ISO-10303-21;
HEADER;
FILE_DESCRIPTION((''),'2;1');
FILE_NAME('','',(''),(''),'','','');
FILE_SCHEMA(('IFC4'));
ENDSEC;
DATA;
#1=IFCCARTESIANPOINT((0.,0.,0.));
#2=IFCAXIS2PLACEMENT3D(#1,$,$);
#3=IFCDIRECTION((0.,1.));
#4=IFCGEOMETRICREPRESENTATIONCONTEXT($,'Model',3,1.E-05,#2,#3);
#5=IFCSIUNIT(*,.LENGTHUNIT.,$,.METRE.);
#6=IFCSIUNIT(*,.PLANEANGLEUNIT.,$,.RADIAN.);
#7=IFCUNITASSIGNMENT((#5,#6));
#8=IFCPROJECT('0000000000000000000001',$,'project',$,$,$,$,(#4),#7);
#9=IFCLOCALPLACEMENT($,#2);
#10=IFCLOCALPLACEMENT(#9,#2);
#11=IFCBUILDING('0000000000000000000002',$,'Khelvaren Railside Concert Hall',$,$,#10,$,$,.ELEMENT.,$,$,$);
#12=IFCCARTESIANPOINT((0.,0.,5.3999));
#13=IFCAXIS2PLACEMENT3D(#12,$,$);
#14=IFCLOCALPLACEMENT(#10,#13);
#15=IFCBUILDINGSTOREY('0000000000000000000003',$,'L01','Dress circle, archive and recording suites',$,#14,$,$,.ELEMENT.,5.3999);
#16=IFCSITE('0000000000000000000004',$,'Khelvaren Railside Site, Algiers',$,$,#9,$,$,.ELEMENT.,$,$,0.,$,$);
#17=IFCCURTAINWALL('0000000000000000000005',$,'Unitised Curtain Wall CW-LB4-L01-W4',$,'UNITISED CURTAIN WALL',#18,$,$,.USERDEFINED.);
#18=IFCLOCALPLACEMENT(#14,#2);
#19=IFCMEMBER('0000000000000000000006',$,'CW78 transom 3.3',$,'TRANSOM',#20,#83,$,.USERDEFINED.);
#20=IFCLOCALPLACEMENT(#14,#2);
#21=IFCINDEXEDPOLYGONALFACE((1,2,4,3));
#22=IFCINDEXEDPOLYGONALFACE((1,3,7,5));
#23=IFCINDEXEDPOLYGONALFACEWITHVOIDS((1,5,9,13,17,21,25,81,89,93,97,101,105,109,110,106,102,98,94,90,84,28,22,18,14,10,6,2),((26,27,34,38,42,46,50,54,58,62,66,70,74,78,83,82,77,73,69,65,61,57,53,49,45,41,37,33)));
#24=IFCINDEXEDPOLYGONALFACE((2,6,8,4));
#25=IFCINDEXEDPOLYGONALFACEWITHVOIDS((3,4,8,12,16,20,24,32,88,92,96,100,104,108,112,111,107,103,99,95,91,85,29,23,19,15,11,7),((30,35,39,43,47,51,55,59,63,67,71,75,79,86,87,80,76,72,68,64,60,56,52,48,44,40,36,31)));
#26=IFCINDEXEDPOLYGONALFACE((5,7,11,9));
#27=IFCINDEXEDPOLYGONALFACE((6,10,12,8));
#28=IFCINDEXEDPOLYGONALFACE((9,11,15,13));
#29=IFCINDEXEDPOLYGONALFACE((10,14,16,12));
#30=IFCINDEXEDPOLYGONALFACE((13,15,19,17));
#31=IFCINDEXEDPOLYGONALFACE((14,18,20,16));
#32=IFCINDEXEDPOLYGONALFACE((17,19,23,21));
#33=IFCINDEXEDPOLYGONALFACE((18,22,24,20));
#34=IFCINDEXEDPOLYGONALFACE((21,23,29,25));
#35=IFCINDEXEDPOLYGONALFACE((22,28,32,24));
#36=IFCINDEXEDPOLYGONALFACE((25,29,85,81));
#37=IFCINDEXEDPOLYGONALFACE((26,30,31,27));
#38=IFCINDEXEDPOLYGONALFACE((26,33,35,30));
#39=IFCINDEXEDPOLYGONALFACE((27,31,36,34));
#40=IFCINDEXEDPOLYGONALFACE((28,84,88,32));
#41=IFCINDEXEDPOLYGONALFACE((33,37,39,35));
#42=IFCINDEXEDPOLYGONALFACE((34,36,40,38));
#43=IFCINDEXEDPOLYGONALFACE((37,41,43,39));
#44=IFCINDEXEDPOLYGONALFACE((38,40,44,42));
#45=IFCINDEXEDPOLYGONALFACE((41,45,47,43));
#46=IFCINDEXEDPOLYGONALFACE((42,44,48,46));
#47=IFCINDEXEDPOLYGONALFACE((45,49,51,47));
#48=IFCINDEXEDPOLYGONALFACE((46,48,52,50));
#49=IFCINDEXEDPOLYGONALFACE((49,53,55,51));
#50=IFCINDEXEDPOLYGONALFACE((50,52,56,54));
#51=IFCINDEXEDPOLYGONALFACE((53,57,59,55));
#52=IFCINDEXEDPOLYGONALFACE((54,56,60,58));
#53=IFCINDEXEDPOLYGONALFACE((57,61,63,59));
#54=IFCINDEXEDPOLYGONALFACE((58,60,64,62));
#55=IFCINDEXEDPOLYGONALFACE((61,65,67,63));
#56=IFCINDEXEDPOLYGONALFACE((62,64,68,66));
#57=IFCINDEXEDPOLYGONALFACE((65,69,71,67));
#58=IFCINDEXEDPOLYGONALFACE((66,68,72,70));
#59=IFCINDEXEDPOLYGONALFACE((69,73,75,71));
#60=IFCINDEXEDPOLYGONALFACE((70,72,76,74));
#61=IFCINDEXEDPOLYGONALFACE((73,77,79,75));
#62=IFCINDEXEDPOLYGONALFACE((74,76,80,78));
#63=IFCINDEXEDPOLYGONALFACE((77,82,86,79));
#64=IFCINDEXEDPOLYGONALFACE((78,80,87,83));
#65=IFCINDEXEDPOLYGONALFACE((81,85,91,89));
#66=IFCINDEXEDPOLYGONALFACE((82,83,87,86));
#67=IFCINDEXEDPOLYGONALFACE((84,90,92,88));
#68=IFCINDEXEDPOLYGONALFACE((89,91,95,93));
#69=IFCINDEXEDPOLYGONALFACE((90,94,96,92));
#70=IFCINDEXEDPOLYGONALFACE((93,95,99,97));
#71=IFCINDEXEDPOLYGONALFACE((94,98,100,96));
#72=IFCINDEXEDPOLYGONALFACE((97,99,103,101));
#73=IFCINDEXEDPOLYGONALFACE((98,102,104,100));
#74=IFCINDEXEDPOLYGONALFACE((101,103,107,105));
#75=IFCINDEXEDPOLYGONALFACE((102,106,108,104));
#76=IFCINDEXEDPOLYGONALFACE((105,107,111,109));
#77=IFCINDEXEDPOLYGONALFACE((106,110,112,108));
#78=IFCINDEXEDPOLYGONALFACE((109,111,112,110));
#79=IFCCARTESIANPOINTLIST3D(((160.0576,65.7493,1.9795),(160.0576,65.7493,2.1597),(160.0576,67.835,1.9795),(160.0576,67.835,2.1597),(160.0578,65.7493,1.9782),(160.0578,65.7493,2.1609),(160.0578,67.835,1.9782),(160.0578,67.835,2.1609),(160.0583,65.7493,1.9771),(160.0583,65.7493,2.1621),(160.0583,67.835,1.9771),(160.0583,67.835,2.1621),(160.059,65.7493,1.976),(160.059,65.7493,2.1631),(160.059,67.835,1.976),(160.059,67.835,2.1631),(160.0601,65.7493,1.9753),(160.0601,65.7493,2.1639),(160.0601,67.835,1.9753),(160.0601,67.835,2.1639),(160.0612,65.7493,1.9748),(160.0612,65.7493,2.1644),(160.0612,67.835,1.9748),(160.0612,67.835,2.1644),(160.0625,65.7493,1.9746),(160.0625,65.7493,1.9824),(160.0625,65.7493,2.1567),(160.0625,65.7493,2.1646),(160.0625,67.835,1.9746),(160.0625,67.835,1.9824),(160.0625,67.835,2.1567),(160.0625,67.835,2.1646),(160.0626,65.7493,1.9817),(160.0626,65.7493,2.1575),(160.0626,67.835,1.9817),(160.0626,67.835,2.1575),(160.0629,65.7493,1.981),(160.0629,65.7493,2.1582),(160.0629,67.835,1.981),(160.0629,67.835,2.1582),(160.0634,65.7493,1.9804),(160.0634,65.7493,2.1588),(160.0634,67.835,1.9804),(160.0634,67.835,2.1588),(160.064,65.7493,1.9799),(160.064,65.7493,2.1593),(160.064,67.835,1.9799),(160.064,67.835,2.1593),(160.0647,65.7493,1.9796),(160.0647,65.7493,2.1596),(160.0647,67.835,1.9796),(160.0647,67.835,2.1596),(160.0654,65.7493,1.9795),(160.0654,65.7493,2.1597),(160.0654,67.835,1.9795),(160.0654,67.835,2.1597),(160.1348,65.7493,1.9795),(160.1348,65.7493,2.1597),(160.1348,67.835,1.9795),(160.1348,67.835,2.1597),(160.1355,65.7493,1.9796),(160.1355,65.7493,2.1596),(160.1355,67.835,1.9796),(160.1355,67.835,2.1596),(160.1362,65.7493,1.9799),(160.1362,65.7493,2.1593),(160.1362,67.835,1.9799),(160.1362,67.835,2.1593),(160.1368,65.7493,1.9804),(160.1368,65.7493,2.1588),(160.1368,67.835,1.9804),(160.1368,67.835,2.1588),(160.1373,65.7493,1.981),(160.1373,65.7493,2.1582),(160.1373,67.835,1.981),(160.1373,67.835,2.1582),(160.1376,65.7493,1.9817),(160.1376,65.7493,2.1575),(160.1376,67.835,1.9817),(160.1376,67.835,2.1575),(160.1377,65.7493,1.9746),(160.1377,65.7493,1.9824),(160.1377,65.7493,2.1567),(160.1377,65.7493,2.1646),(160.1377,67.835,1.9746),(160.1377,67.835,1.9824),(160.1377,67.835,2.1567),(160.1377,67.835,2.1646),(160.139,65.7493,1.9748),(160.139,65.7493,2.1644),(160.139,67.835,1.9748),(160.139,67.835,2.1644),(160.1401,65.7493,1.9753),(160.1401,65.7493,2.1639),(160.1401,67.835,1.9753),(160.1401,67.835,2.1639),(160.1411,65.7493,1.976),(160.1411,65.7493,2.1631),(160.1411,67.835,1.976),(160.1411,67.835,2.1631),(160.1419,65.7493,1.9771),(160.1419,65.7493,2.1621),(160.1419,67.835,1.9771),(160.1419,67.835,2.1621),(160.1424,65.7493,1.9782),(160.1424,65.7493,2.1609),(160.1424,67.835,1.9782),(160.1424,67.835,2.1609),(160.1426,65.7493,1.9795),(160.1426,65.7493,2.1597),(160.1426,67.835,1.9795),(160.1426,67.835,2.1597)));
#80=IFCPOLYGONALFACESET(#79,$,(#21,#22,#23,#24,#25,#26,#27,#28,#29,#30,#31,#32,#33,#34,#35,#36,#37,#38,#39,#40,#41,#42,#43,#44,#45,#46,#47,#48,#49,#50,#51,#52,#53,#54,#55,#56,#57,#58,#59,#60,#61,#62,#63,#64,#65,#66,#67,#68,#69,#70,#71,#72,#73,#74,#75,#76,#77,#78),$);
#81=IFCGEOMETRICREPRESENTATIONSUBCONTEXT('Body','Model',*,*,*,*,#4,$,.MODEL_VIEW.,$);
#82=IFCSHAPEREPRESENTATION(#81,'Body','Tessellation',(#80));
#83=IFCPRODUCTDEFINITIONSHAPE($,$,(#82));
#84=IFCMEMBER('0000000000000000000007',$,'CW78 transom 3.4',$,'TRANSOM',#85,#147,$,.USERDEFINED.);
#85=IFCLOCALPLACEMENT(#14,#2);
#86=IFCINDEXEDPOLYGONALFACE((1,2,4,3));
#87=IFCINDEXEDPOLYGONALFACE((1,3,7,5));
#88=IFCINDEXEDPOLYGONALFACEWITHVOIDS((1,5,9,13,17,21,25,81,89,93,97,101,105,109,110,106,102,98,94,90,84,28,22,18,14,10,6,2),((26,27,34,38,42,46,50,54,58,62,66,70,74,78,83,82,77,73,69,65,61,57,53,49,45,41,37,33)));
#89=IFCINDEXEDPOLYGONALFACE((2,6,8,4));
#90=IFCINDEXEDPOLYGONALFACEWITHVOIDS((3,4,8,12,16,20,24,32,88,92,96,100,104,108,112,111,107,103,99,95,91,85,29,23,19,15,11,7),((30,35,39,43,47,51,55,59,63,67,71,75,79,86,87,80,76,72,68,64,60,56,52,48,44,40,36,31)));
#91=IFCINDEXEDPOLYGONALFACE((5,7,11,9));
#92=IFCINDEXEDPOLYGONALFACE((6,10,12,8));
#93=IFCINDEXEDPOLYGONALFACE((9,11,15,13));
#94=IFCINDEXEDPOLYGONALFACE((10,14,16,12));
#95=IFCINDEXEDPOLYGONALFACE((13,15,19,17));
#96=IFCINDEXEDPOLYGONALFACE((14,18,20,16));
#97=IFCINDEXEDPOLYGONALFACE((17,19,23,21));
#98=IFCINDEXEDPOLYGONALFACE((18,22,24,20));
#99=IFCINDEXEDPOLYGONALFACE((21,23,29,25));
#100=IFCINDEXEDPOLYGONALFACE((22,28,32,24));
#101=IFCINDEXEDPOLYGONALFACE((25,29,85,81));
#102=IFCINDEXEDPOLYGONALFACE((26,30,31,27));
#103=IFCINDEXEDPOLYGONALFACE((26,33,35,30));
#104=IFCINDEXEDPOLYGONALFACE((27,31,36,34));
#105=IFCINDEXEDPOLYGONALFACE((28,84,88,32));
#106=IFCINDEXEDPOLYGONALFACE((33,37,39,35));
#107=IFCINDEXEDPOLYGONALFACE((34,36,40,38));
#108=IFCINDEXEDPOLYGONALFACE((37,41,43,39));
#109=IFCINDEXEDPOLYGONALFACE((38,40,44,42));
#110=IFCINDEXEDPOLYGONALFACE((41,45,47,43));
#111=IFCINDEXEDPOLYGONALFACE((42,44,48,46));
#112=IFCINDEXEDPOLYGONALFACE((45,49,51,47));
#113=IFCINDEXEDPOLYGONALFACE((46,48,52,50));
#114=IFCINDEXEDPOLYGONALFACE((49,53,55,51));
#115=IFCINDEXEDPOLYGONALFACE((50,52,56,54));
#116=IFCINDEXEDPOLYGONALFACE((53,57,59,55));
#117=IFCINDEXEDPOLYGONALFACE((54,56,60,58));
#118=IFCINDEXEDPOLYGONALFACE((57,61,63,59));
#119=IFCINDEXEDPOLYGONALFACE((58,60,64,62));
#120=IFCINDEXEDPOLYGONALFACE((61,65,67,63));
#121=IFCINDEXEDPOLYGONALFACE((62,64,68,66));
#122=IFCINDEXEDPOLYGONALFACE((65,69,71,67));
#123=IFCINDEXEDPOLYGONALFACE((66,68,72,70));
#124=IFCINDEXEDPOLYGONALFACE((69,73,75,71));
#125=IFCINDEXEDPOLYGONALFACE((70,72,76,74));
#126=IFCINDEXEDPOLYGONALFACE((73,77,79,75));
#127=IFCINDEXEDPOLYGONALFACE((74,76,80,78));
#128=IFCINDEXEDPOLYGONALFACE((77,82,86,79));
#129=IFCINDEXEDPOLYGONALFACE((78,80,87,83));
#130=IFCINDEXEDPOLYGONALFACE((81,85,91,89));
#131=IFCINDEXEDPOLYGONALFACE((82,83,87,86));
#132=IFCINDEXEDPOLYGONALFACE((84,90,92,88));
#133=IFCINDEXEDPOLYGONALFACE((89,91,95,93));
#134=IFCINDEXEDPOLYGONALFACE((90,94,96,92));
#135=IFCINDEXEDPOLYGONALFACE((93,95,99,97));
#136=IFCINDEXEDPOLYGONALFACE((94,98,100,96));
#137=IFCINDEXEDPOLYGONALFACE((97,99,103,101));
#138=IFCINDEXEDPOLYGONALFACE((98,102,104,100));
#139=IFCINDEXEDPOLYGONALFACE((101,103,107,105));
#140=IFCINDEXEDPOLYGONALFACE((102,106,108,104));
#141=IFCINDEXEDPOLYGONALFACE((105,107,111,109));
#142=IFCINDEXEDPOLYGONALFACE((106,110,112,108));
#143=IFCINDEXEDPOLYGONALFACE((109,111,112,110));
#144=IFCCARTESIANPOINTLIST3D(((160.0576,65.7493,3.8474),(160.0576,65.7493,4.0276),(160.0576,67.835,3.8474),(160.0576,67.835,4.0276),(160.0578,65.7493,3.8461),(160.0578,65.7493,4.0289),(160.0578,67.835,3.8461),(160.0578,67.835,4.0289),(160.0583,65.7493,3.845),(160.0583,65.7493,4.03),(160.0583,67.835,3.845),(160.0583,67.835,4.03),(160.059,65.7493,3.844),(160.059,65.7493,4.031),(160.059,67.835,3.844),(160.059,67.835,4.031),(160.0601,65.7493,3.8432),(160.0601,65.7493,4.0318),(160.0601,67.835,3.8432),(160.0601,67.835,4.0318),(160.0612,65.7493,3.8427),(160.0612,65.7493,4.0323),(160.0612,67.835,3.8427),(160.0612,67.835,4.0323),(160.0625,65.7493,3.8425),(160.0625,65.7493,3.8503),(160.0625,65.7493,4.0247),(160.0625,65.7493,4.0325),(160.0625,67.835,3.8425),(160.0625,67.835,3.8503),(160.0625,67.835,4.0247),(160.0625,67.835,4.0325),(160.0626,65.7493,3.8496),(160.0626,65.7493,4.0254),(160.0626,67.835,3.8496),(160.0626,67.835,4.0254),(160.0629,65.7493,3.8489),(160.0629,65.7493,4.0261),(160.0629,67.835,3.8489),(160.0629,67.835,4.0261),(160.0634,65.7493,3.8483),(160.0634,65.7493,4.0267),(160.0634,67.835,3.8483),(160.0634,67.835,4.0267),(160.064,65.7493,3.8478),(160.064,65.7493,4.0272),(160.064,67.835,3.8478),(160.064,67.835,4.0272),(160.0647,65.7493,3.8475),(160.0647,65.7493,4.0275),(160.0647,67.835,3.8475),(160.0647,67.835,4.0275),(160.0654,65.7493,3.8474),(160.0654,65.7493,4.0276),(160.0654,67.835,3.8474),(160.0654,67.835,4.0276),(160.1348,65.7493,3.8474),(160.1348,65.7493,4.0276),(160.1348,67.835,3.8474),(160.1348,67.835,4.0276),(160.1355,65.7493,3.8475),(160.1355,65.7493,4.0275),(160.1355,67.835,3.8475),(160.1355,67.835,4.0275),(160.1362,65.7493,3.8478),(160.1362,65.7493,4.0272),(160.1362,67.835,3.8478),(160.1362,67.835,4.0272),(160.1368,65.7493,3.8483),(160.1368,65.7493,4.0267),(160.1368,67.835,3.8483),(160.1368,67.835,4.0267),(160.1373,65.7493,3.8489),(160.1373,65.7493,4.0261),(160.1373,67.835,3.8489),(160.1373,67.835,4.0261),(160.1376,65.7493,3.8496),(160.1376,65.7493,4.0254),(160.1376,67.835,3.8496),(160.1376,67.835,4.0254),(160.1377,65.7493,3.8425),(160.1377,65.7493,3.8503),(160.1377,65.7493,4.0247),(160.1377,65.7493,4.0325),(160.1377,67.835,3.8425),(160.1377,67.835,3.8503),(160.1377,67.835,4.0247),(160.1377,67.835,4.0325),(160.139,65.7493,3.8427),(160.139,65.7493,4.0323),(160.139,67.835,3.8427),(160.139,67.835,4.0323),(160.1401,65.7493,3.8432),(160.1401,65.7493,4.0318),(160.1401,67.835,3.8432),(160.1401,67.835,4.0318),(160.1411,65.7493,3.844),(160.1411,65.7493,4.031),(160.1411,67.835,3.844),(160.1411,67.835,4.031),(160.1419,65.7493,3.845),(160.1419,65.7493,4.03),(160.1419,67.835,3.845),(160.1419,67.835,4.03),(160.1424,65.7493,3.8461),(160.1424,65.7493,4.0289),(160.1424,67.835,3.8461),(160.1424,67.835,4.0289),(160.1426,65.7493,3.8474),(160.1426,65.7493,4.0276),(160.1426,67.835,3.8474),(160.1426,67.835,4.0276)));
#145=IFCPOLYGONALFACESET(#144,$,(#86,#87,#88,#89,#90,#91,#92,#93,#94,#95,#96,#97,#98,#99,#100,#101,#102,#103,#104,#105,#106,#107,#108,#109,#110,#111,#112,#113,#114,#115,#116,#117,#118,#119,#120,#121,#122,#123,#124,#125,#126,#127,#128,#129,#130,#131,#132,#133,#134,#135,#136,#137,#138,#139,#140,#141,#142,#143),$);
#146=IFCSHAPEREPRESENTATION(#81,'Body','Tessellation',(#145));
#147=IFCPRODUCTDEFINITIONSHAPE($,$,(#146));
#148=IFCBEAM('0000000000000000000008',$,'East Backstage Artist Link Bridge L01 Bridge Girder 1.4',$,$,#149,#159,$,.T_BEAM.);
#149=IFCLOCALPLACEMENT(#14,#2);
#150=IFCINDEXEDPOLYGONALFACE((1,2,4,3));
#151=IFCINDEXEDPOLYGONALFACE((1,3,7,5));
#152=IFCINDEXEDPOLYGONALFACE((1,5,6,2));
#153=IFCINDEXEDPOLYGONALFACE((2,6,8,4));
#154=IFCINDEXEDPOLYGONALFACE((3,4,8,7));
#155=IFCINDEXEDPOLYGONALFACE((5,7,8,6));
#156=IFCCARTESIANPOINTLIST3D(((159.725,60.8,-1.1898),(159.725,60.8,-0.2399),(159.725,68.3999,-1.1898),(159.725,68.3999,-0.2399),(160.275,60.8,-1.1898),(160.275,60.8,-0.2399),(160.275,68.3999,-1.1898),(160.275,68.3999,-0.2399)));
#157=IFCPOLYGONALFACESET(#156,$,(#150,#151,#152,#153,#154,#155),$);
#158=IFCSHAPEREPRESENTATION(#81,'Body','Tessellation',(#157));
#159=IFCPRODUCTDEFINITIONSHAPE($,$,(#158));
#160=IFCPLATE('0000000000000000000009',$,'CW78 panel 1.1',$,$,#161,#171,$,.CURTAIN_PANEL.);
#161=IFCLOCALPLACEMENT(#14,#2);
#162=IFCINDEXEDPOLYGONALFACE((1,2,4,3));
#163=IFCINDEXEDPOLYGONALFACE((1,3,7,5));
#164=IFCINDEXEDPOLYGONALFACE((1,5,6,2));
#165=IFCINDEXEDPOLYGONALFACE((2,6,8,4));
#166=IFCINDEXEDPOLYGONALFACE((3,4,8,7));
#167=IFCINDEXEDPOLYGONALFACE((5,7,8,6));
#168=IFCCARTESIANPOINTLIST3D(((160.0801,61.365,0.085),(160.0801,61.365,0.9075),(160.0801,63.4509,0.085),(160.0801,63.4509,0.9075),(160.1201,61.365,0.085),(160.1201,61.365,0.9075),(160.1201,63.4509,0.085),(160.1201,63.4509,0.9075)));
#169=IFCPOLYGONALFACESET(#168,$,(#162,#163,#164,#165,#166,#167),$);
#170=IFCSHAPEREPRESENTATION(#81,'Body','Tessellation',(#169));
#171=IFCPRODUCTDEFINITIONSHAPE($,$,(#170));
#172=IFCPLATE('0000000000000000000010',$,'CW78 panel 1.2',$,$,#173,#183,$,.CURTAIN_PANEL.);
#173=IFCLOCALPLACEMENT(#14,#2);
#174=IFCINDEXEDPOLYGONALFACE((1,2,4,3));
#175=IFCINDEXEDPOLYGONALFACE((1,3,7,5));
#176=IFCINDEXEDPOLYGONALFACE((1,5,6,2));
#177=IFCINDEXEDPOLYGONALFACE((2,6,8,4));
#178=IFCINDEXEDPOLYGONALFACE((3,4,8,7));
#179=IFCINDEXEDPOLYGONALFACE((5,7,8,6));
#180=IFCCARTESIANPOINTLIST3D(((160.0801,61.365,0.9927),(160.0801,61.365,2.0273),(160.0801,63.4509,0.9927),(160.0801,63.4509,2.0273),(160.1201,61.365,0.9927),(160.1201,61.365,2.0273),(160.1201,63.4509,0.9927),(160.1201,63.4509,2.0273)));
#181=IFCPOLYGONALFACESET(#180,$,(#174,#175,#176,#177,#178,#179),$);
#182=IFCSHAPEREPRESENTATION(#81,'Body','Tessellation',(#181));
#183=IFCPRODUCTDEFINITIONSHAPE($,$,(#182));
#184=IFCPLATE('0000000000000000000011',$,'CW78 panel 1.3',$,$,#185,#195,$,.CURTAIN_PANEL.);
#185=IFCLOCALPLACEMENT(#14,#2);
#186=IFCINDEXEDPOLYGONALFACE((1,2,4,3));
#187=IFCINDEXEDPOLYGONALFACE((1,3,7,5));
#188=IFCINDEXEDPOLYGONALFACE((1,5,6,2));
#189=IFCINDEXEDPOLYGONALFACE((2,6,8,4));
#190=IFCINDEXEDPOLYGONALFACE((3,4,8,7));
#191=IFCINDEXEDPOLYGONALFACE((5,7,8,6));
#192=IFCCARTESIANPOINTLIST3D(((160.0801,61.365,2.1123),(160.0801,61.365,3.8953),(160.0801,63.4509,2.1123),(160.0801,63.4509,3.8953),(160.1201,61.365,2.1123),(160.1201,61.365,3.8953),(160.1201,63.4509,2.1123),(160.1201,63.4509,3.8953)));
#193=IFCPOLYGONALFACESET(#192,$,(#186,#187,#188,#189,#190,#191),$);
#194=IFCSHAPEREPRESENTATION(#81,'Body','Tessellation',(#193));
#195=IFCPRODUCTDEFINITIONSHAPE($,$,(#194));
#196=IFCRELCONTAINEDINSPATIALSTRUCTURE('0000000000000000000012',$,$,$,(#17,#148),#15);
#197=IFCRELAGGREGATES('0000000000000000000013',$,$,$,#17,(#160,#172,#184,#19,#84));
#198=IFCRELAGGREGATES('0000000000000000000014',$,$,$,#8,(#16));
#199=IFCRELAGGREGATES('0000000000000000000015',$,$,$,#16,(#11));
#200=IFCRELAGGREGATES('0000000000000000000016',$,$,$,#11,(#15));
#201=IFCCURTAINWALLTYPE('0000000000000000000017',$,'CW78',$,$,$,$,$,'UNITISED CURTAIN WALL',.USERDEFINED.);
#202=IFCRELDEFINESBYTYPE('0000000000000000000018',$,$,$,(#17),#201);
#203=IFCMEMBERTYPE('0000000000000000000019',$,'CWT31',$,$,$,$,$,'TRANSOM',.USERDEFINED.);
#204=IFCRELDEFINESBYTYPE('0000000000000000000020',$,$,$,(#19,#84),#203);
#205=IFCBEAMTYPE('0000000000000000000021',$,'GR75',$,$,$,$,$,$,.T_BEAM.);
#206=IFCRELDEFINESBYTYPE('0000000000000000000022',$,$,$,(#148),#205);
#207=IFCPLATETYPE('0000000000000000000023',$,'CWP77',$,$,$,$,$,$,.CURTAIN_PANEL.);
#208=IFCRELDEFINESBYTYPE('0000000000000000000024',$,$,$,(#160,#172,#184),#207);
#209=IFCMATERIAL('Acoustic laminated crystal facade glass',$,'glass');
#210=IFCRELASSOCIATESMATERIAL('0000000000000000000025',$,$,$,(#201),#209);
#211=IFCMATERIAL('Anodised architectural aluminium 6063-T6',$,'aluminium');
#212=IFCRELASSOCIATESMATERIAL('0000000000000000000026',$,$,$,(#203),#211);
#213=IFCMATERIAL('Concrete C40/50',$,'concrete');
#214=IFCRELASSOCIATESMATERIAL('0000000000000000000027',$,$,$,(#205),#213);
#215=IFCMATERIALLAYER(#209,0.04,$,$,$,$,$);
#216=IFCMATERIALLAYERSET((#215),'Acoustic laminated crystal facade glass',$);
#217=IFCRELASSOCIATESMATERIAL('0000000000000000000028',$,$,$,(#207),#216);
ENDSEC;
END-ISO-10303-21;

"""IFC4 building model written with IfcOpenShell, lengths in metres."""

from ifc_helpers import new_model, si_unit, direction, frame, origin, origin_2d, place, context, subcontext, project, spatial, rectangle, hollow_rectangle, extrude, material, layer, layer_set, material_profile, profile_set, type_object, element, aggregate, save


model = new_model("IFC4")

# Units and contexts
model_context = context("Model", 3, precision=1e-05, world=origin(), true_north=direction((0.0, 1.0)))
body_context = subcontext(model_context, "Body", "Model", "MODEL_VIEW")
ifc_project = project(units=[si_unit("LENGTHUNIT", "METRE"), si_unit("PLANEANGLEUNIT", "RADIAN")], contexts=[model_context])

# Site, building, storey
site_placement = place(None, origin())
site = spatial("IfcSite", under=ifc_project, at=site_placement, Name="Khelvaren Railside Site, Algiers", CompositionType="ELEMENT", RefElevation=0.0)
building_placement = place(site_placement, origin())
building = spatial("IfcBuilding", under=site, at=building_placement, Name="Khelvaren Railside Concert Hall", CompositionType="ELEMENT")
storey_placement = place(building_placement, frame((0.0, 0.0, 5.3999)))
storey = spatial("IfcBuildingStorey", under=building, at=storey_placement, Name="L01", Description="Dress circle, archive and recording suites", CompositionType="ELEMENT", Elevation=5.3999)

# Shared definitions
ifc_material_1 = material(Name="Acoustic laminated crystal facade glass", Category="glass")
curtain_wall_type = type_object("IfcCurtainWallType", Name="CW78", ElementType="UNITISED CURTAIN WALL", PredefinedType="USERDEFINED", material=ifc_material_1)
ifc_material_2 = material(Name="Anodised architectural aluminium 6063-T6", Category="aluminium")

# Curtain wall, members
curtain_wall_1_placement = place(storey_placement, origin())
curtain_wall_1 = element("IfcCurtainWall", 1, at=curtain_wall_1_placement, inside=storey, type_object=curtain_wall_type, Name="Unitised Curtain Wall CW-LB4-L01-W4", ObjectType="UNITISED CURTAIN WALL", PredefinedType="USERDEFINED")
ifc_material_profile_1 = material_profile(ifc_material_2, hollow_rectangle(XDim=0.085, YDim=0.1899, WallThickness=0.0049, InnerFilletRadius=0.0029, OuterFilletRadius=0.0049, at=origin_2d()), Name="CWT 85x190x5")
ifc_profile_set_1 = profile_set([ifc_material_profile_1], Name="Anodised architectural aluminium 6063-T6")
member_type_1 = type_object("IfcMemberType", Name="CWT31", ElementType="TRANSOM", PredefinedType="USERDEFINED", material=ifc_profile_set_1)
member_1_placement = place(storey_placement, frame((160.1001, 65.7493, 2.0696), z_axis=(0.0, 1.0, 0.0), x_axis=(-1.0, 0.0, 0.0)))
member_1 = element("IfcMember", 2, at=member_1_placement, type_object=member_type_1, Name="CW78 transom 3.3", ObjectType="TRANSOM", PredefinedType="USERDEFINED", context=body_context, shape_type="SweptSolid", body=[
    extrude(hollow_rectangle(XDim=0.085, YDim=0.1899, WallThickness=0.0049, InnerFilletRadius=0.0029, OuterFilletRadius=0.0049, at=origin_2d()), origin(), (0.0, 0.0, 1.0), 2.0857),
])
member_2_placement = place(storey_placement, frame((160.1001, 65.7493, 3.9375), z_axis=(0.0, 1.0, 0.0), x_axis=(-1.0, 0.0, 0.0)))
member_2 = element("IfcMember", 3, at=member_2_placement, type_object=member_type_1, Name="CW78 transom 3.4", ObjectType="TRANSOM", PredefinedType="USERDEFINED", context=body_context, shape_type="SweptSolid", body=[
    extrude(hollow_rectangle(XDim=0.085, YDim=0.1899, WallThickness=0.0049, InnerFilletRadius=0.0029, OuterFilletRadius=0.0049, at=origin_2d()), origin(), (0.0, 0.0, 1.0), 2.0857),
])

# Beam
ifc_material_3 = material(Name="Concrete C40/50", Category="concrete")
ifc_material_profile_2 = material_profile(ifc_material_3, rectangle(XDim=0.55, YDim=0.95, at=origin_2d()), Name="RCB 550x950")
ifc_profile_set_2 = profile_set([ifc_material_profile_2], Name="Concrete C40/50")
beam_type = type_object("IfcBeamType", Name="GR75", PredefinedType="T_BEAM", material=ifc_profile_set_2)
beam_placement = place(storey_placement, frame((160.0, 60.8, -0.7148), z_axis=(0.0, 1.0, 0.0), x_axis=(-1.0, 0.0, 0.0)))
element("IfcBeam", 4, at=beam_placement, inside=storey, type_object=beam_type, Name="East Backstage Artist Link Bridge L01 Bridge Girder 1.4", PredefinedType="T_BEAM", context=body_context, shape_type="SweptSolid", body=[
    extrude(rectangle(XDim=0.55, YDim=0.95, at=origin_2d()), origin(), (0.0, 0.0, 1.0), 7.5999),
])

# Plates
ifc_layer = layer(ifc_material_1, 0.04)
ifc_layer_set = layer_set([ifc_layer], Name="Acoustic laminated crystal facade glass")
plate_type = type_object("IfcPlateType", Name="CWP77", PredefinedType="CURTAIN_PANEL", material=ifc_layer_set)
plate_1_placement = place(storey_placement, frame((160.1001, 62.408, 0.085), z_axis=(0.0, 0.0, 1.0), x_axis=(0.0, 1.0, 0.0)))
plate_1 = element("IfcPlate", 5, at=plate_1_placement, type_object=plate_type, Name="CW78 panel 1.1", PredefinedType="CURTAIN_PANEL", context=body_context, shape_type="SweptSolid", body=[
    extrude(rectangle(XDim=2.0859, YDim=0.04, at=origin_2d()), origin(), (0.0, 0.0, 1.0), 0.8225),
])
plate_2_placement = place(storey_placement, frame((160.1001, 62.408, 0.9927), z_axis=(0.0, 0.0, 1.0), x_axis=(0.0, 1.0, 0.0)))
plate_2 = element("IfcPlate", 6, at=plate_2_placement, type_object=plate_type, Name="CW78 panel 1.2", PredefinedType="CURTAIN_PANEL", context=body_context, shape_type="SweptSolid", body=[
    extrude(rectangle(XDim=2.0859, YDim=0.04, at=origin_2d()), origin(), (0.0, 0.0, 1.0), 1.0347),
])
plate_3_placement = place(storey_placement, frame((160.1001, 62.408, 2.1123), z_axis=(0.0, 0.0, 1.0), x_axis=(0.0, 1.0, 0.0)))
plate_3 = element("IfcPlate", 7, at=plate_3_placement, type_object=plate_type, Name="CW78 panel 1.3", PredefinedType="CURTAIN_PANEL", context=body_context, shape_type="SweptSolid", body=[
    extrude(rectangle(XDim=2.0859, YDim=0.04, at=origin_2d()), origin(), (0.0, 0.0, 1.0), 1.783),
])
aggregate(curtain_wall_1, [plate_1, plate_2, plate_3, member_1, member_2])

save(model, "model.ifc")
